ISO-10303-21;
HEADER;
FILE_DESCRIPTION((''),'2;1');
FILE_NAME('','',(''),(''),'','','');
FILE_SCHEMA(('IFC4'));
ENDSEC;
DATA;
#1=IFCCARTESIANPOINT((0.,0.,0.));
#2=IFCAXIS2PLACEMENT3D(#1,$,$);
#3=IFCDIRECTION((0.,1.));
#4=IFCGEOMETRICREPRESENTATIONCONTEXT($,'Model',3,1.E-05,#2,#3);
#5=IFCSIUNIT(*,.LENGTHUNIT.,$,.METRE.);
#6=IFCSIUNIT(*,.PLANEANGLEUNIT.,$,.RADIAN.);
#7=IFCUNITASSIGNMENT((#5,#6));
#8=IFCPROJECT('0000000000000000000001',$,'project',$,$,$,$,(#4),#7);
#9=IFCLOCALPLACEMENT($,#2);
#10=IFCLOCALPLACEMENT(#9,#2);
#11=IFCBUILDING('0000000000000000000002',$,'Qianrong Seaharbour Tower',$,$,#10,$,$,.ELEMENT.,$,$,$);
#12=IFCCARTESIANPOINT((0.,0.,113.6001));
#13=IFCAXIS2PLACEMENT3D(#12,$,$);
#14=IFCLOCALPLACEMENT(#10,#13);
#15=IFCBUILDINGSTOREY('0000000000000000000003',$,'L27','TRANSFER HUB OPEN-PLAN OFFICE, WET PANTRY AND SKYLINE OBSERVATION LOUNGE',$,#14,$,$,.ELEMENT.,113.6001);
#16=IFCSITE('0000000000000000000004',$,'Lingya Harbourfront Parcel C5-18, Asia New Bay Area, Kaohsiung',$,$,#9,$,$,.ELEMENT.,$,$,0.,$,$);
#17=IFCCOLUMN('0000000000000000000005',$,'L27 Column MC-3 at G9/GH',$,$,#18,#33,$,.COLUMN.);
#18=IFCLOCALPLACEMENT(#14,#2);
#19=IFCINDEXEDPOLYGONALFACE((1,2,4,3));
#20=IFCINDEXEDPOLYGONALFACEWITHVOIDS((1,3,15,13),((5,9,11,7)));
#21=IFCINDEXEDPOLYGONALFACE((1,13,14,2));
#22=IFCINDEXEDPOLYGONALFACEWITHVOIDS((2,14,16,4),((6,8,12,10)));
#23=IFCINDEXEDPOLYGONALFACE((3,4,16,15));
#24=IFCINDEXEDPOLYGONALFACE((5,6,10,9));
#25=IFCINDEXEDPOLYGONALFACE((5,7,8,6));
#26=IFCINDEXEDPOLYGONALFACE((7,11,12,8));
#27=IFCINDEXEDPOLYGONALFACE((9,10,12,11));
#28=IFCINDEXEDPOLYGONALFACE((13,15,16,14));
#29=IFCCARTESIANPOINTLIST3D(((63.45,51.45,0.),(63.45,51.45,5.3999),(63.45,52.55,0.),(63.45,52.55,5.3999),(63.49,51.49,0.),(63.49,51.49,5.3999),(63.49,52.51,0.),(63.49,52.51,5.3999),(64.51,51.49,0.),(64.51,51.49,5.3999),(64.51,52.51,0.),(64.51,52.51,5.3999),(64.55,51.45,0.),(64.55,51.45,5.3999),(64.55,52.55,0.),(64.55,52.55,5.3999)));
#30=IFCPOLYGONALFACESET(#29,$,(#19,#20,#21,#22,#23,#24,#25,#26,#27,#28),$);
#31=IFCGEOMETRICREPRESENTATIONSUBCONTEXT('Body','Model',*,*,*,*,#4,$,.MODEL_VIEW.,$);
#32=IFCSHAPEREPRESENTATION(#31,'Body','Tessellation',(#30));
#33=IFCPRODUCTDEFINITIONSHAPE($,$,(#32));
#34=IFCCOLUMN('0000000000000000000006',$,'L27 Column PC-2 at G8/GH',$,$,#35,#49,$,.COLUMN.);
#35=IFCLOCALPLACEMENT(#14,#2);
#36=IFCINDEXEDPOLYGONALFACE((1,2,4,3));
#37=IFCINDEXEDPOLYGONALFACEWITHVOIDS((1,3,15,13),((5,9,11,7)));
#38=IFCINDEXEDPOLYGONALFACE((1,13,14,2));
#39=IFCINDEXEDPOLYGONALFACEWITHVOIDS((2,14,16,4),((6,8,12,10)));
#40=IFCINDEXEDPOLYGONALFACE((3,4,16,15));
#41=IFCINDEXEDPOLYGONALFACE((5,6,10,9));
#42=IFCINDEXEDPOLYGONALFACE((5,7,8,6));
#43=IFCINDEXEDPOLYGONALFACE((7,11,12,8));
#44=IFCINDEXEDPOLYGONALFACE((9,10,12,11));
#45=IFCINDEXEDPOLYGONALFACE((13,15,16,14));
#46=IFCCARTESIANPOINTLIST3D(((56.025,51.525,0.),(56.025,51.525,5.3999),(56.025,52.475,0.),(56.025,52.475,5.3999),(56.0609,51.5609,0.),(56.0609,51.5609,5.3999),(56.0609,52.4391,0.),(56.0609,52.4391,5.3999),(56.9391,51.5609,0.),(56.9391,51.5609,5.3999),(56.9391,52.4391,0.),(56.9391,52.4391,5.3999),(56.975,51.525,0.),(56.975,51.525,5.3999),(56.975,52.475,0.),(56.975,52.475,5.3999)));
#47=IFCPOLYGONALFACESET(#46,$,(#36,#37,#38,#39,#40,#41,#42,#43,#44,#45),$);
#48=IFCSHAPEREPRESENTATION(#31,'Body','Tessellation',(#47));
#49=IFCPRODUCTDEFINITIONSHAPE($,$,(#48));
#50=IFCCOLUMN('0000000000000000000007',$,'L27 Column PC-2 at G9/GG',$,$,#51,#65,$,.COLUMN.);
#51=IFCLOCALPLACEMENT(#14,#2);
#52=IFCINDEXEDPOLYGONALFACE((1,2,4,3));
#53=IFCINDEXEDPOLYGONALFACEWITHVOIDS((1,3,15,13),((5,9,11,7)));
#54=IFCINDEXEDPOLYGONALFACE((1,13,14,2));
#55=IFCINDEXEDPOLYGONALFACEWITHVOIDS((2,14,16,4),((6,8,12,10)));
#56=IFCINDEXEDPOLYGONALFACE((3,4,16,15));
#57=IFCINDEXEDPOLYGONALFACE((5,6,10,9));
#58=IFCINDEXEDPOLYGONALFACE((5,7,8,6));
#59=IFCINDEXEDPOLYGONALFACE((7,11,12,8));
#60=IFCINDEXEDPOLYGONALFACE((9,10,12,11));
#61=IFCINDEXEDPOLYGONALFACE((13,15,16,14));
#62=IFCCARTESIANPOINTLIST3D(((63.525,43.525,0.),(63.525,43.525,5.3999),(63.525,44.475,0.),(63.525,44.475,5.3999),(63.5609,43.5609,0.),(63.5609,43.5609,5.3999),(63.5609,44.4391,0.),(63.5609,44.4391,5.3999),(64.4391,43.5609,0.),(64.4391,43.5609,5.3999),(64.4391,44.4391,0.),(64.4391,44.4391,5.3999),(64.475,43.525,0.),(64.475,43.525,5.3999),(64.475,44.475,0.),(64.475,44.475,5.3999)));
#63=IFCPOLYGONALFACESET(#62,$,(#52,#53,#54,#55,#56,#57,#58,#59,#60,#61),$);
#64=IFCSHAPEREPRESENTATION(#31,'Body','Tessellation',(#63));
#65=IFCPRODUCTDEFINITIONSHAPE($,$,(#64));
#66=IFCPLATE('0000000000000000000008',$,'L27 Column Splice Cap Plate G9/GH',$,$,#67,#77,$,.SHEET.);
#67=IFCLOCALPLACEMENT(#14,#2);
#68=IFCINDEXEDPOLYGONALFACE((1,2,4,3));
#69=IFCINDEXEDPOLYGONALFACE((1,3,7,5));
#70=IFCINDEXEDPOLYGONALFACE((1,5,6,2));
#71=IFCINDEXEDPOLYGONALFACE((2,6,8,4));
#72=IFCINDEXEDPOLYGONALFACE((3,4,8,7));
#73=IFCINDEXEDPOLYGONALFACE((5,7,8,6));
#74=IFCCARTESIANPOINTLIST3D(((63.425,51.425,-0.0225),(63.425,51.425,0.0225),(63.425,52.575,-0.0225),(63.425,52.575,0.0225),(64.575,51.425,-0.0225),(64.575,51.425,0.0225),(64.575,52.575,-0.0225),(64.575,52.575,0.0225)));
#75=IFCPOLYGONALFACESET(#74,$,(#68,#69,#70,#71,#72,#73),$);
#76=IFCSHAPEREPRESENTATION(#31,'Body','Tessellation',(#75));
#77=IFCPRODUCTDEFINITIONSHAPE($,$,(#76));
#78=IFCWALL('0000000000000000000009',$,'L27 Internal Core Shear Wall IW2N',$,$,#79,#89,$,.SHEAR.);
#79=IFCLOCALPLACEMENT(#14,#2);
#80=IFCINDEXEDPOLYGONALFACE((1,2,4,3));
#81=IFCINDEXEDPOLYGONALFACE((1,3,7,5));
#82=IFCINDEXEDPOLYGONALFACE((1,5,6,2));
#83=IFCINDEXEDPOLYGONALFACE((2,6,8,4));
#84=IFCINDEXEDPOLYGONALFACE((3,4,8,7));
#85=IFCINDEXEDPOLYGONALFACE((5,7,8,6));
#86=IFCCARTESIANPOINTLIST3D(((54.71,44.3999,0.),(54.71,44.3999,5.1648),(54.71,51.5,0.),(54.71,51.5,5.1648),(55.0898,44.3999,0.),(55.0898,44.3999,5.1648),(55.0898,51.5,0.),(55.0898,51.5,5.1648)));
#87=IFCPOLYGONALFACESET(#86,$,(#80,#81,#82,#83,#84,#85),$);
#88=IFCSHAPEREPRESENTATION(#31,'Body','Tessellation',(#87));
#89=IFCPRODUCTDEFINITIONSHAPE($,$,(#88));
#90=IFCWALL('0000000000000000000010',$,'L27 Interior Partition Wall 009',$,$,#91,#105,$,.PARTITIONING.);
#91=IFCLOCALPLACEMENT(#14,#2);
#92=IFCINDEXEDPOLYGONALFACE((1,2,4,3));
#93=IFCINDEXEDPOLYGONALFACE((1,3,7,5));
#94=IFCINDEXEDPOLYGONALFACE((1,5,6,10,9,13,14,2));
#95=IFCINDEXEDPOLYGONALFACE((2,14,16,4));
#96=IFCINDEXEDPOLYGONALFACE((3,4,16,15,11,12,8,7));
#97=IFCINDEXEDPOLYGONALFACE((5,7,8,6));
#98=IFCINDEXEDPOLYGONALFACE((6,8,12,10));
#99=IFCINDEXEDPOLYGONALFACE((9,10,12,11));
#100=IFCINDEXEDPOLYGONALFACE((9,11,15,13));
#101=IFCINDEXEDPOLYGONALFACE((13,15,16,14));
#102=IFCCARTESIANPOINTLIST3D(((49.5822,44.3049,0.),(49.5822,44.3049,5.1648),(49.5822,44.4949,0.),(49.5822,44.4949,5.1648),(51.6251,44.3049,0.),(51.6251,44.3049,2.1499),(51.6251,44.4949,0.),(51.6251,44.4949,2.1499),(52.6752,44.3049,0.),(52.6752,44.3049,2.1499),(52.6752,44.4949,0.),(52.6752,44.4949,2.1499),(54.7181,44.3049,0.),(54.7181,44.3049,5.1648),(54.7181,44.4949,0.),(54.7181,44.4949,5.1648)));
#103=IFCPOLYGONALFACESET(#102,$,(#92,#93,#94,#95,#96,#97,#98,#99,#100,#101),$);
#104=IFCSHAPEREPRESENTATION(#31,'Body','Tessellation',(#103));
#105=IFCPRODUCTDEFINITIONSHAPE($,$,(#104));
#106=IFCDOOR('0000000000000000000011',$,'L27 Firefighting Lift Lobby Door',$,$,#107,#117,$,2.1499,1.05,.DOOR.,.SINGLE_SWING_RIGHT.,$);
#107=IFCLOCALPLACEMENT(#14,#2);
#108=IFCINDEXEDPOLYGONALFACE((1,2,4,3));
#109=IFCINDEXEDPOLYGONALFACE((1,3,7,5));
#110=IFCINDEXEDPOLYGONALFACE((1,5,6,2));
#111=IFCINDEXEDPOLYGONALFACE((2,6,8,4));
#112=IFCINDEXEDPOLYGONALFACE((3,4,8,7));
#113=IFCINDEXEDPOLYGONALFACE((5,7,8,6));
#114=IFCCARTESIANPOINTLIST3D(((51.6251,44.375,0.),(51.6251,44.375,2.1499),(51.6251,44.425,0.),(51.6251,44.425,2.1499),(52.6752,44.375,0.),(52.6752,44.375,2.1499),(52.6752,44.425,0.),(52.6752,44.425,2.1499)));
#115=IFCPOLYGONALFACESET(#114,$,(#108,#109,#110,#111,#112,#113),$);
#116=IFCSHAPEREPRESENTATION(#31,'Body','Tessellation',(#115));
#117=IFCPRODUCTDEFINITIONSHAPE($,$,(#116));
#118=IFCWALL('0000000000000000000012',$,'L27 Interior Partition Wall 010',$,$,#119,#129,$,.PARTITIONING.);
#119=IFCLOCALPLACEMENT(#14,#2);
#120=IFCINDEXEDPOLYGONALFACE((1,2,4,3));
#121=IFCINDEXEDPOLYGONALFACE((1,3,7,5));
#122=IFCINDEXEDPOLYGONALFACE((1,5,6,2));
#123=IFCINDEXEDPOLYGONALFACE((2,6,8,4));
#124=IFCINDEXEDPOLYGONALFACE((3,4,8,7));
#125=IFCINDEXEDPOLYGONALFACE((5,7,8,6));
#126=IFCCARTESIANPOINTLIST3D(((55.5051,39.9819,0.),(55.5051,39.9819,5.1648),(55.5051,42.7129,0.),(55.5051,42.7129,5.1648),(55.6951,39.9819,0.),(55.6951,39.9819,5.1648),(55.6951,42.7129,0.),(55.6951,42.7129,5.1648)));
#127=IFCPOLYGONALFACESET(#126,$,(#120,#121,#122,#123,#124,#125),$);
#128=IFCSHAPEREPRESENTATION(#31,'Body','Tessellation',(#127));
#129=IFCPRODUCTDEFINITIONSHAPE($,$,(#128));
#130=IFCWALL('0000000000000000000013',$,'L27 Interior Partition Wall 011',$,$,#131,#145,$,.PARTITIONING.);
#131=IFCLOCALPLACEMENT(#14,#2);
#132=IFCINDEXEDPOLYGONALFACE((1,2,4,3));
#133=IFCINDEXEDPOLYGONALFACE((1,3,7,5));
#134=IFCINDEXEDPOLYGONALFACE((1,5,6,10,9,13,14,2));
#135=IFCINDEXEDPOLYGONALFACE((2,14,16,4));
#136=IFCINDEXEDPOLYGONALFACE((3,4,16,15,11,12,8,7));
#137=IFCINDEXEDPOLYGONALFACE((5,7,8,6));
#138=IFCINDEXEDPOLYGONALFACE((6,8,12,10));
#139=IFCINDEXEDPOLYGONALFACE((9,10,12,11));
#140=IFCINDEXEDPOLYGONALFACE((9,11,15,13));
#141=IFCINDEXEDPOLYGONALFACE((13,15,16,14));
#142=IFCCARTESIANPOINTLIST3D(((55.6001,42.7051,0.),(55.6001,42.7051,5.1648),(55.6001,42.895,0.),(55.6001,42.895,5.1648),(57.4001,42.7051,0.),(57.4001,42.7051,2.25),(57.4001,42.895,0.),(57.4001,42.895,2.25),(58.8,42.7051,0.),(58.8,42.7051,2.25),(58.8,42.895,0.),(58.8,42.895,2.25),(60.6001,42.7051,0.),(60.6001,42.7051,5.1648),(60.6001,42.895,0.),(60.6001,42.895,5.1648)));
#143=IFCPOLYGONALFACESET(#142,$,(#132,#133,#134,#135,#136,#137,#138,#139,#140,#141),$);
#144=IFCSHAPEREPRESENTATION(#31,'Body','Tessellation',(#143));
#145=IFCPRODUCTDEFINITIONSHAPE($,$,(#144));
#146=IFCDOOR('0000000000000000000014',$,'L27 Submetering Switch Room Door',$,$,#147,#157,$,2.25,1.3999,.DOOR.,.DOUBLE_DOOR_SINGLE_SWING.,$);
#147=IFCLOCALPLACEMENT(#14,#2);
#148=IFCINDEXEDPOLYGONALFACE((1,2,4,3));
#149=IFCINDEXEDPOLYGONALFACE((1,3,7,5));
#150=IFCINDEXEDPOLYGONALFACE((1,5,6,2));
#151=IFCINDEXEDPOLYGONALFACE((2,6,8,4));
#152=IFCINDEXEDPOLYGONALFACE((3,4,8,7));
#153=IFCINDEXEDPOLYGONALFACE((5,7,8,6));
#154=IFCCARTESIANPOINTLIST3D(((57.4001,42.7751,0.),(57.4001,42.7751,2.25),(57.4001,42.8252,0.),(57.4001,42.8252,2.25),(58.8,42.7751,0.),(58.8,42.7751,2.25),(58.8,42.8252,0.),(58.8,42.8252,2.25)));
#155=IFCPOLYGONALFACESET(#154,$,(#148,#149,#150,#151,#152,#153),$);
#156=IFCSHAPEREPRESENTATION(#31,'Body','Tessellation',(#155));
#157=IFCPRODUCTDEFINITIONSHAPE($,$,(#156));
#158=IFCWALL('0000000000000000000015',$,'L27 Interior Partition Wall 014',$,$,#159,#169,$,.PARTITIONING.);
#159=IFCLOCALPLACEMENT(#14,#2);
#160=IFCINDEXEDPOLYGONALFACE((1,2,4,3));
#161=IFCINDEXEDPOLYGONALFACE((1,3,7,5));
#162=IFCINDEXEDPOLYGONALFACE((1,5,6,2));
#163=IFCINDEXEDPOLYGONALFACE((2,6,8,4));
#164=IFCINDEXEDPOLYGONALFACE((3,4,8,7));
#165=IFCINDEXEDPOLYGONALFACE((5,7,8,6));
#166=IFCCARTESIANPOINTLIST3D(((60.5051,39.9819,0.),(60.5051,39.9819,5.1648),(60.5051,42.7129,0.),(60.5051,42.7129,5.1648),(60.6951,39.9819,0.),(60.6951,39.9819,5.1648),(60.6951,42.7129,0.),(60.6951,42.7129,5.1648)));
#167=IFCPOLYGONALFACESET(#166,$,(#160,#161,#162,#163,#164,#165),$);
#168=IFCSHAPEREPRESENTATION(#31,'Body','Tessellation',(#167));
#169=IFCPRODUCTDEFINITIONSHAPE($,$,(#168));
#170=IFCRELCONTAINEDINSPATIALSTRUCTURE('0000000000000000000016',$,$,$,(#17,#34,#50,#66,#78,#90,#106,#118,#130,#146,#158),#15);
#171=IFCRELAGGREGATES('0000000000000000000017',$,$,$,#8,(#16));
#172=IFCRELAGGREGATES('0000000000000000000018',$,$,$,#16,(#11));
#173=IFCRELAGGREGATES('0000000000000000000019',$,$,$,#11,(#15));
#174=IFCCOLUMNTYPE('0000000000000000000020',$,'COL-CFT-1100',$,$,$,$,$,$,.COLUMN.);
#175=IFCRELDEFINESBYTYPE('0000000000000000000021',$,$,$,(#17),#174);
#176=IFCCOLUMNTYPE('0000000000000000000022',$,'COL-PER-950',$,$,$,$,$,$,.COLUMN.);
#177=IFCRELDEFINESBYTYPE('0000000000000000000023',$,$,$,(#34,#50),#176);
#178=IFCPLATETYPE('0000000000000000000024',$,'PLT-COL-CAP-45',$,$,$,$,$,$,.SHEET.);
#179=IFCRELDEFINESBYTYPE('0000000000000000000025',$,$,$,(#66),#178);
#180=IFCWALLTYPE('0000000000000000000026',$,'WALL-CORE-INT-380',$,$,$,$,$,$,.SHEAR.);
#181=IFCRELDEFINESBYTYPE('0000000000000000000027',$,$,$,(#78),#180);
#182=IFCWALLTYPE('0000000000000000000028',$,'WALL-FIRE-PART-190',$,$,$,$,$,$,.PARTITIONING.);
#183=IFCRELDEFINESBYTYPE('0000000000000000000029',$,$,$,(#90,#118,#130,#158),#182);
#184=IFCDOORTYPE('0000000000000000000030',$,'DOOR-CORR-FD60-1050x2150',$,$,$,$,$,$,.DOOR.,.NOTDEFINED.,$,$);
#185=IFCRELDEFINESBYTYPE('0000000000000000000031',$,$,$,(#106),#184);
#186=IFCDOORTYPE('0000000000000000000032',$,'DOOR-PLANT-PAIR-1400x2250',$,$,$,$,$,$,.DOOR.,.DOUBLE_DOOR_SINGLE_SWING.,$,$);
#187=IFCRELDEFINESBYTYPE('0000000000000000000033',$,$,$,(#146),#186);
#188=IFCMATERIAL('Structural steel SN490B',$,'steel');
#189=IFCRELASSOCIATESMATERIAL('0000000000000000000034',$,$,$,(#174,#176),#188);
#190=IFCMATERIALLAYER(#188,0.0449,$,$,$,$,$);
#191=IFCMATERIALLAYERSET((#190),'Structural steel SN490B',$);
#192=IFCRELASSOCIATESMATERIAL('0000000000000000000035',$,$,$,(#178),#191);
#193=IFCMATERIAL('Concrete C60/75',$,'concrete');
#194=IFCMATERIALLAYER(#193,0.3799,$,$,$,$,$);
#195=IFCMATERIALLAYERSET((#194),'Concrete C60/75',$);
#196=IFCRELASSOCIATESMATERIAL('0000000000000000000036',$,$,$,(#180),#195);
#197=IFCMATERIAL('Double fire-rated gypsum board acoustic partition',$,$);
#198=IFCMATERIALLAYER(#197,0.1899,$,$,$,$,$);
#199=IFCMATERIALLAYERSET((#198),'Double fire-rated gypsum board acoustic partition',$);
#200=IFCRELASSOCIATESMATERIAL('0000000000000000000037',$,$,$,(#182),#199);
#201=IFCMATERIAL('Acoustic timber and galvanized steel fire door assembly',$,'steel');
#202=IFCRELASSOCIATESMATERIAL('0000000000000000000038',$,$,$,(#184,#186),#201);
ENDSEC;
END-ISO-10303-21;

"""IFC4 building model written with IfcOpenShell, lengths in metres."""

from ifc_helpers import new_model, si_unit, direction, frame, frame_2d, origin, origin_2d, place, context, subcontext, project, spatial, rectangle, hollow_rectangle, extrude, material, layer, layer_set, material_profile, profile_set, type_object, element, fill, save


model = new_model("IFC4")

# Units and contexts
model_context = context("Model", 3, precision=1e-05, world=origin(), true_north=direction((0.0, 1.0)))
body_context = subcontext(model_context, "Body", "Model", "MODEL_VIEW")
ifc_project = project(units=[si_unit("LENGTHUNIT", "METRE"), si_unit("PLANEANGLEUNIT", "RADIAN")], contexts=[model_context])

# Site, building, storey
site_placement = place(None, origin())
site = spatial("IfcSite", under=ifc_project, at=site_placement, Name="Lingya Harbourfront Parcel C5-18, Asia New Bay Area, Kaohsiung", CompositionType="ELEMENT", RefElevation=0.0)
building_placement = place(site_placement, origin())
building = spatial("IfcBuilding", under=site, at=building_placement, Name="Qianrong Seaharbour Tower", CompositionType="ELEMENT")
storey_placement = place(building_placement, frame((0.0, 0.0, 113.6001)))
storey = spatial("IfcBuildingStorey", under=building, at=storey_placement, Name="L27", Description="TRANSFER HUB OPEN-PLAN OFFICE, WET PANTRY AND SKYLINE OBSERVATION LOUNGE", CompositionType="ELEMENT", Elevation=113.6001)

# Columns
ifc_material_1 = material(Name="Structural steel SN490B", Category="steel")
ifc_material_profile_1 = material_profile(ifc_material_1, hollow_rectangle(XDim=1.1001, YDim=1.1001, WallThickness=0.04, at=origin_2d()), Name="BOX1100x1100x40")
ifc_profile_set_1 = profile_set([ifc_material_profile_1], Name="Structural steel SN490B")
column_type_1 = type_object("IfcColumnType", Name="COL-CFT-1100", PredefinedType="COLUMN", material=ifc_profile_set_1)
column_placement = place(storey_placement, frame((64.0, 52.0, 0.0), z_axis=(0.0, 0.0, 1.0), x_axis=(1.0, 0.0, 0.0)))
element("IfcColumn", 1, at=column_placement, inside=storey, type_object=column_type_1, Name="L27 Column MC-3 at G9/GH", PredefinedType="COLUMN", context=body_context, shape_type="SweptSolid", body=[
    extrude(hollow_rectangle(XDim=1.1001, YDim=1.1001, WallThickness=0.04, at=origin_2d()), origin(), (0.0, 0.0, 1.0), 5.3999),
])
ifc_material_profile_2 = material_profile(ifc_material_1, hollow_rectangle(XDim=0.95, YDim=0.95, WallThickness=0.0359, at=origin_2d()), Name="BOX950x950x36")
ifc_profile_set_2 = profile_set([ifc_material_profile_2], Name="Structural steel SN490B")
column_type_2 = type_object("IfcColumnType", Name="COL-PER-950", PredefinedType="COLUMN", material=ifc_profile_set_2)
for number, where, z_axis, x_axis, name in (
    (2, (56.5, 52.0, 0.0), (0.0, 0.0, 1.0), (1.0, 0.0, 0.0), "L27 Column PC-2 at G8/GH"),
    (3, (64.0, 44.0, 0.0), (0.0, 0.0, 1.0), (1.0, 0.0, 0.0), "L27 Column PC-2 at G9/GG"),
):
    element("IfcColumn", number, at=place(storey_placement, frame(where, z_axis=z_axis, x_axis=x_axis)), inside=storey, type_object=column_type_2, Name=name, PredefinedType="COLUMN", context=body_context, shape_type="SweptSolid", body=[
        extrude(hollow_rectangle(XDim=0.95, YDim=0.95, WallThickness=0.0359, at=origin_2d()), origin(), (0.0, 0.0, 1.0), 5.3999),
    ])

# Plate
ifc_layer_1 = layer(ifc_material_1, 0.0449)
ifc_layer_set_1 = layer_set([ifc_layer_1], Name="Structural steel SN490B")
plate_type = type_object("IfcPlateType", Name="PLT-COL-CAP-45", PredefinedType="SHEET", material=ifc_layer_set_1)
plate_placement = place(storey_placement, frame((64.0, 52.0, -0.0225), z_axis=(0.0, 0.0, 1.0), x_axis=(1.0, 0.0, 0.0)))
element("IfcPlate", 4, at=plate_placement, inside=storey, type_object=plate_type, Name="L27 Column Splice Cap Plate G9/GH", PredefinedType="SHEET", context=body_context, shape_type="SweptSolid", body=[
    extrude(rectangle(XDim=1.1499, YDim=1.1499, at=origin_2d()), origin(), (0.0, 0.0, 1.0), 0.0449),
])

# Wall
ifc_material_2 = material(Name="Concrete C60/75", Category="concrete")
ifc_layer_2 = layer(ifc_material_2, 0.3799)
ifc_layer_set_2 = layer_set([ifc_layer_2], Name="Concrete C60/75")
wall_type_1 = type_object("IfcWallType", Name="WALL-CORE-INT-380", PredefinedType="SHEAR", material=ifc_layer_set_2)
wall_1_placement = place(storey_placement, frame((54.8999, 44.3999, 0.0), z_axis=(0.0, 0.0, 1.0), x_axis=(0.0, 1.0, 0.0)))
element("IfcWall", 5, at=wall_1_placement, inside=storey, type_object=wall_type_1, Name="L27 Internal Core Shear Wall IW2N", PredefinedType="SHEAR", context=body_context, shape_type="SweptSolid", body=[
    extrude(rectangle(XDim=7.1001, YDim=0.3799, at=frame_2d((3.55, 0.0))), origin(), (0.0, 0.0, 1.0), 5.1648),
])

# Wall, opening, door
ifc_material_3 = material(Name="Acoustic timber and galvanized steel fire door assembly", Category="steel")
ifc_material_4 = material(Name="Double fire-rated gypsum board acoustic partition")
ifc_layer_3 = layer(ifc_material_4, 0.1899)
ifc_layer_set_3 = layer_set([ifc_layer_3], Name="Double fire-rated gypsum board acoustic partition")
wall_type_2 = type_object("IfcWallType", Name="WALL-FIRE-PART-190", PredefinedType="PARTITIONING", material=ifc_layer_set_3)
wall_2_placement = place(storey_placement, frame((54.718, 44.3999, 0.0), z_axis=(0.0, 0.0, 1.0), x_axis=(-1.0, 0.0, 0.0)))
wall_2 = element("IfcWall", 6, at=wall_2_placement, inside=storey, type_object=wall_type_2, Name="L27 Interior Partition Wall 009", PredefinedType="PARTITIONING", context=body_context, shape_type="SweptSolid", body=[
    extrude(rectangle(XDim=5.136, YDim=0.1899, at=frame_2d((2.5679, 0.0))), origin(), (0.0, 0.0, 1.0), 5.1648),
])
opening_1_placement = place(wall_2_placement, frame((2.043, 0.0, 0.0)))
opening_1 = element("IfcOpeningElement", 7, at=opening_1_placement, cuts=wall_2, PredefinedType="OPENING", context=body_context, shape_type="SweptSolid", body=[
    extrude(rectangle(XDim=1.05, YDim=2.1499, at=frame_2d((0.5249, 1.075))), frame((0.0, 0.105, 0.0), z_axis=(0.0, -1.0, 0.0), x_axis=(1.0, 0.0, 0.0)), (0.0, 0.0, 1.0), 0.21),
])
door_type_1 = type_object("IfcDoorType", Name="DOOR-CORR-FD60-1050x2150", OperationType="NOTDEFINED", PredefinedType="DOOR", material=ifc_material_3)
door_1_placement = place(opening_1_placement, origin())
door_1 = element("IfcDoor", 8, at=door_1_placement, inside=storey, type_object=door_type_1, Name="L27 Firefighting Lift Lobby Door", OperationType="SINGLE_SWING_RIGHT", OverallHeight=2.1499, OverallWidth=1.05, PredefinedType="DOOR", context=body_context, shape_type="SweptSolid", body=[
    extrude(rectangle(XDim=1.05, YDim=2.1499, at=frame_2d((0.5249, 1.075))), frame((0.0, 0.0249, 0.0), z_axis=(0.0, -1.0, 0.0), x_axis=(1.0, 0.0, 0.0)), (0.0, 0.0, 1.0), 0.05),
])
fill(opening_1, door_1)

# Wall
wall_3_placement = place(storey_placement, frame((55.6001, 42.7129, 0.0), z_axis=(0.0, 0.0, 1.0), x_axis=(0.0, -1.0, 0.0)))
element("IfcWall", 9, at=wall_3_placement, inside=storey, type_object=wall_type_2, Name="L27 Interior Partition Wall 010", PredefinedType="PARTITIONING", context=body_context, shape_type="SweptSolid", body=[
    extrude(rectangle(XDim=2.731, YDim=0.1899, at=frame_2d((1.3655, 0.0))), origin(), (0.0, 0.0, 1.0), 5.1648),
])

# Wall, opening, door
wall_4_placement = place(storey_placement, frame((60.6001, 42.8, 0.0), z_axis=(0.0, 0.0, 1.0), x_axis=(-1.0, 0.0, 0.0)))
wall_4 = element("IfcWall", 10, at=wall_4_placement, inside=storey, type_object=wall_type_2, Name="L27 Interior Partition Wall 011", PredefinedType="PARTITIONING", context=body_context, shape_type="SweptSolid", body=[
    extrude(rectangle(XDim=5.0, YDim=0.1899, at=frame_2d((2.5, 0.0))), origin(), (0.0, 0.0, 1.0), 5.1648),
])
opening_2_placement = place(wall_4_placement, frame((1.8, 0.0, 0.0)))
opening_2 = element("IfcOpeningElement", 11, at=opening_2_placement, cuts=wall_4, PredefinedType="OPENING", context=body_context, shape_type="SweptSolid", body=[
    extrude(rectangle(XDim=1.3999, YDim=2.25, at=frame_2d((0.7, 1.125))), frame((0.0, 0.105, 0.0), z_axis=(0.0, -1.0, 0.0), x_axis=(1.0, 0.0, 0.0)), (0.0, 0.0, 1.0), 0.21),
])
door_type_2 = type_object("IfcDoorType", Name="DOOR-PLANT-PAIR-1400x2250", OperationType="DOUBLE_DOOR_SINGLE_SWING", PredefinedType="DOOR", material=ifc_material_3)
door_2_placement = place(opening_2_placement, origin())
door_2 = element("IfcDoor", 12, at=door_2_placement, inside=storey, type_object=door_type_2, Name="L27 Submetering Switch Room Door", OperationType="DOUBLE_DOOR_SINGLE_SWING", OverallHeight=2.25, OverallWidth=1.3999, PredefinedType="DOOR", context=body_context, shape_type="SweptSolid", body=[
    extrude(rectangle(XDim=1.3999, YDim=2.25, at=frame_2d((0.7, 1.125))), frame((0.0, 0.0249, 0.0), z_axis=(0.0, -1.0, 0.0), x_axis=(1.0, 0.0, 0.0)), (0.0, 0.0, 1.0), 0.05),
])
fill(opening_2, door_2)

# Wall
wall_5_placement = place(storey_placement, frame((60.6001, 42.7129, 0.0), z_axis=(0.0, 0.0, 1.0), x_axis=(0.0, -1.0, 0.0)))
element("IfcWall", 13, at=wall_5_placement, inside=storey, type_object=wall_type_2, Name="L27 Interior Partition Wall 014", PredefinedType="PARTITIONING", context=body_context, shape_type="SweptSolid", body=[
    extrude(rectangle(XDim=2.731, YDim=0.1899, at=frame_2d((1.3655, 0.0))), origin(), (0.0, 0.0, 1.0), 5.1648),
])

save(model, "model.ifc")
